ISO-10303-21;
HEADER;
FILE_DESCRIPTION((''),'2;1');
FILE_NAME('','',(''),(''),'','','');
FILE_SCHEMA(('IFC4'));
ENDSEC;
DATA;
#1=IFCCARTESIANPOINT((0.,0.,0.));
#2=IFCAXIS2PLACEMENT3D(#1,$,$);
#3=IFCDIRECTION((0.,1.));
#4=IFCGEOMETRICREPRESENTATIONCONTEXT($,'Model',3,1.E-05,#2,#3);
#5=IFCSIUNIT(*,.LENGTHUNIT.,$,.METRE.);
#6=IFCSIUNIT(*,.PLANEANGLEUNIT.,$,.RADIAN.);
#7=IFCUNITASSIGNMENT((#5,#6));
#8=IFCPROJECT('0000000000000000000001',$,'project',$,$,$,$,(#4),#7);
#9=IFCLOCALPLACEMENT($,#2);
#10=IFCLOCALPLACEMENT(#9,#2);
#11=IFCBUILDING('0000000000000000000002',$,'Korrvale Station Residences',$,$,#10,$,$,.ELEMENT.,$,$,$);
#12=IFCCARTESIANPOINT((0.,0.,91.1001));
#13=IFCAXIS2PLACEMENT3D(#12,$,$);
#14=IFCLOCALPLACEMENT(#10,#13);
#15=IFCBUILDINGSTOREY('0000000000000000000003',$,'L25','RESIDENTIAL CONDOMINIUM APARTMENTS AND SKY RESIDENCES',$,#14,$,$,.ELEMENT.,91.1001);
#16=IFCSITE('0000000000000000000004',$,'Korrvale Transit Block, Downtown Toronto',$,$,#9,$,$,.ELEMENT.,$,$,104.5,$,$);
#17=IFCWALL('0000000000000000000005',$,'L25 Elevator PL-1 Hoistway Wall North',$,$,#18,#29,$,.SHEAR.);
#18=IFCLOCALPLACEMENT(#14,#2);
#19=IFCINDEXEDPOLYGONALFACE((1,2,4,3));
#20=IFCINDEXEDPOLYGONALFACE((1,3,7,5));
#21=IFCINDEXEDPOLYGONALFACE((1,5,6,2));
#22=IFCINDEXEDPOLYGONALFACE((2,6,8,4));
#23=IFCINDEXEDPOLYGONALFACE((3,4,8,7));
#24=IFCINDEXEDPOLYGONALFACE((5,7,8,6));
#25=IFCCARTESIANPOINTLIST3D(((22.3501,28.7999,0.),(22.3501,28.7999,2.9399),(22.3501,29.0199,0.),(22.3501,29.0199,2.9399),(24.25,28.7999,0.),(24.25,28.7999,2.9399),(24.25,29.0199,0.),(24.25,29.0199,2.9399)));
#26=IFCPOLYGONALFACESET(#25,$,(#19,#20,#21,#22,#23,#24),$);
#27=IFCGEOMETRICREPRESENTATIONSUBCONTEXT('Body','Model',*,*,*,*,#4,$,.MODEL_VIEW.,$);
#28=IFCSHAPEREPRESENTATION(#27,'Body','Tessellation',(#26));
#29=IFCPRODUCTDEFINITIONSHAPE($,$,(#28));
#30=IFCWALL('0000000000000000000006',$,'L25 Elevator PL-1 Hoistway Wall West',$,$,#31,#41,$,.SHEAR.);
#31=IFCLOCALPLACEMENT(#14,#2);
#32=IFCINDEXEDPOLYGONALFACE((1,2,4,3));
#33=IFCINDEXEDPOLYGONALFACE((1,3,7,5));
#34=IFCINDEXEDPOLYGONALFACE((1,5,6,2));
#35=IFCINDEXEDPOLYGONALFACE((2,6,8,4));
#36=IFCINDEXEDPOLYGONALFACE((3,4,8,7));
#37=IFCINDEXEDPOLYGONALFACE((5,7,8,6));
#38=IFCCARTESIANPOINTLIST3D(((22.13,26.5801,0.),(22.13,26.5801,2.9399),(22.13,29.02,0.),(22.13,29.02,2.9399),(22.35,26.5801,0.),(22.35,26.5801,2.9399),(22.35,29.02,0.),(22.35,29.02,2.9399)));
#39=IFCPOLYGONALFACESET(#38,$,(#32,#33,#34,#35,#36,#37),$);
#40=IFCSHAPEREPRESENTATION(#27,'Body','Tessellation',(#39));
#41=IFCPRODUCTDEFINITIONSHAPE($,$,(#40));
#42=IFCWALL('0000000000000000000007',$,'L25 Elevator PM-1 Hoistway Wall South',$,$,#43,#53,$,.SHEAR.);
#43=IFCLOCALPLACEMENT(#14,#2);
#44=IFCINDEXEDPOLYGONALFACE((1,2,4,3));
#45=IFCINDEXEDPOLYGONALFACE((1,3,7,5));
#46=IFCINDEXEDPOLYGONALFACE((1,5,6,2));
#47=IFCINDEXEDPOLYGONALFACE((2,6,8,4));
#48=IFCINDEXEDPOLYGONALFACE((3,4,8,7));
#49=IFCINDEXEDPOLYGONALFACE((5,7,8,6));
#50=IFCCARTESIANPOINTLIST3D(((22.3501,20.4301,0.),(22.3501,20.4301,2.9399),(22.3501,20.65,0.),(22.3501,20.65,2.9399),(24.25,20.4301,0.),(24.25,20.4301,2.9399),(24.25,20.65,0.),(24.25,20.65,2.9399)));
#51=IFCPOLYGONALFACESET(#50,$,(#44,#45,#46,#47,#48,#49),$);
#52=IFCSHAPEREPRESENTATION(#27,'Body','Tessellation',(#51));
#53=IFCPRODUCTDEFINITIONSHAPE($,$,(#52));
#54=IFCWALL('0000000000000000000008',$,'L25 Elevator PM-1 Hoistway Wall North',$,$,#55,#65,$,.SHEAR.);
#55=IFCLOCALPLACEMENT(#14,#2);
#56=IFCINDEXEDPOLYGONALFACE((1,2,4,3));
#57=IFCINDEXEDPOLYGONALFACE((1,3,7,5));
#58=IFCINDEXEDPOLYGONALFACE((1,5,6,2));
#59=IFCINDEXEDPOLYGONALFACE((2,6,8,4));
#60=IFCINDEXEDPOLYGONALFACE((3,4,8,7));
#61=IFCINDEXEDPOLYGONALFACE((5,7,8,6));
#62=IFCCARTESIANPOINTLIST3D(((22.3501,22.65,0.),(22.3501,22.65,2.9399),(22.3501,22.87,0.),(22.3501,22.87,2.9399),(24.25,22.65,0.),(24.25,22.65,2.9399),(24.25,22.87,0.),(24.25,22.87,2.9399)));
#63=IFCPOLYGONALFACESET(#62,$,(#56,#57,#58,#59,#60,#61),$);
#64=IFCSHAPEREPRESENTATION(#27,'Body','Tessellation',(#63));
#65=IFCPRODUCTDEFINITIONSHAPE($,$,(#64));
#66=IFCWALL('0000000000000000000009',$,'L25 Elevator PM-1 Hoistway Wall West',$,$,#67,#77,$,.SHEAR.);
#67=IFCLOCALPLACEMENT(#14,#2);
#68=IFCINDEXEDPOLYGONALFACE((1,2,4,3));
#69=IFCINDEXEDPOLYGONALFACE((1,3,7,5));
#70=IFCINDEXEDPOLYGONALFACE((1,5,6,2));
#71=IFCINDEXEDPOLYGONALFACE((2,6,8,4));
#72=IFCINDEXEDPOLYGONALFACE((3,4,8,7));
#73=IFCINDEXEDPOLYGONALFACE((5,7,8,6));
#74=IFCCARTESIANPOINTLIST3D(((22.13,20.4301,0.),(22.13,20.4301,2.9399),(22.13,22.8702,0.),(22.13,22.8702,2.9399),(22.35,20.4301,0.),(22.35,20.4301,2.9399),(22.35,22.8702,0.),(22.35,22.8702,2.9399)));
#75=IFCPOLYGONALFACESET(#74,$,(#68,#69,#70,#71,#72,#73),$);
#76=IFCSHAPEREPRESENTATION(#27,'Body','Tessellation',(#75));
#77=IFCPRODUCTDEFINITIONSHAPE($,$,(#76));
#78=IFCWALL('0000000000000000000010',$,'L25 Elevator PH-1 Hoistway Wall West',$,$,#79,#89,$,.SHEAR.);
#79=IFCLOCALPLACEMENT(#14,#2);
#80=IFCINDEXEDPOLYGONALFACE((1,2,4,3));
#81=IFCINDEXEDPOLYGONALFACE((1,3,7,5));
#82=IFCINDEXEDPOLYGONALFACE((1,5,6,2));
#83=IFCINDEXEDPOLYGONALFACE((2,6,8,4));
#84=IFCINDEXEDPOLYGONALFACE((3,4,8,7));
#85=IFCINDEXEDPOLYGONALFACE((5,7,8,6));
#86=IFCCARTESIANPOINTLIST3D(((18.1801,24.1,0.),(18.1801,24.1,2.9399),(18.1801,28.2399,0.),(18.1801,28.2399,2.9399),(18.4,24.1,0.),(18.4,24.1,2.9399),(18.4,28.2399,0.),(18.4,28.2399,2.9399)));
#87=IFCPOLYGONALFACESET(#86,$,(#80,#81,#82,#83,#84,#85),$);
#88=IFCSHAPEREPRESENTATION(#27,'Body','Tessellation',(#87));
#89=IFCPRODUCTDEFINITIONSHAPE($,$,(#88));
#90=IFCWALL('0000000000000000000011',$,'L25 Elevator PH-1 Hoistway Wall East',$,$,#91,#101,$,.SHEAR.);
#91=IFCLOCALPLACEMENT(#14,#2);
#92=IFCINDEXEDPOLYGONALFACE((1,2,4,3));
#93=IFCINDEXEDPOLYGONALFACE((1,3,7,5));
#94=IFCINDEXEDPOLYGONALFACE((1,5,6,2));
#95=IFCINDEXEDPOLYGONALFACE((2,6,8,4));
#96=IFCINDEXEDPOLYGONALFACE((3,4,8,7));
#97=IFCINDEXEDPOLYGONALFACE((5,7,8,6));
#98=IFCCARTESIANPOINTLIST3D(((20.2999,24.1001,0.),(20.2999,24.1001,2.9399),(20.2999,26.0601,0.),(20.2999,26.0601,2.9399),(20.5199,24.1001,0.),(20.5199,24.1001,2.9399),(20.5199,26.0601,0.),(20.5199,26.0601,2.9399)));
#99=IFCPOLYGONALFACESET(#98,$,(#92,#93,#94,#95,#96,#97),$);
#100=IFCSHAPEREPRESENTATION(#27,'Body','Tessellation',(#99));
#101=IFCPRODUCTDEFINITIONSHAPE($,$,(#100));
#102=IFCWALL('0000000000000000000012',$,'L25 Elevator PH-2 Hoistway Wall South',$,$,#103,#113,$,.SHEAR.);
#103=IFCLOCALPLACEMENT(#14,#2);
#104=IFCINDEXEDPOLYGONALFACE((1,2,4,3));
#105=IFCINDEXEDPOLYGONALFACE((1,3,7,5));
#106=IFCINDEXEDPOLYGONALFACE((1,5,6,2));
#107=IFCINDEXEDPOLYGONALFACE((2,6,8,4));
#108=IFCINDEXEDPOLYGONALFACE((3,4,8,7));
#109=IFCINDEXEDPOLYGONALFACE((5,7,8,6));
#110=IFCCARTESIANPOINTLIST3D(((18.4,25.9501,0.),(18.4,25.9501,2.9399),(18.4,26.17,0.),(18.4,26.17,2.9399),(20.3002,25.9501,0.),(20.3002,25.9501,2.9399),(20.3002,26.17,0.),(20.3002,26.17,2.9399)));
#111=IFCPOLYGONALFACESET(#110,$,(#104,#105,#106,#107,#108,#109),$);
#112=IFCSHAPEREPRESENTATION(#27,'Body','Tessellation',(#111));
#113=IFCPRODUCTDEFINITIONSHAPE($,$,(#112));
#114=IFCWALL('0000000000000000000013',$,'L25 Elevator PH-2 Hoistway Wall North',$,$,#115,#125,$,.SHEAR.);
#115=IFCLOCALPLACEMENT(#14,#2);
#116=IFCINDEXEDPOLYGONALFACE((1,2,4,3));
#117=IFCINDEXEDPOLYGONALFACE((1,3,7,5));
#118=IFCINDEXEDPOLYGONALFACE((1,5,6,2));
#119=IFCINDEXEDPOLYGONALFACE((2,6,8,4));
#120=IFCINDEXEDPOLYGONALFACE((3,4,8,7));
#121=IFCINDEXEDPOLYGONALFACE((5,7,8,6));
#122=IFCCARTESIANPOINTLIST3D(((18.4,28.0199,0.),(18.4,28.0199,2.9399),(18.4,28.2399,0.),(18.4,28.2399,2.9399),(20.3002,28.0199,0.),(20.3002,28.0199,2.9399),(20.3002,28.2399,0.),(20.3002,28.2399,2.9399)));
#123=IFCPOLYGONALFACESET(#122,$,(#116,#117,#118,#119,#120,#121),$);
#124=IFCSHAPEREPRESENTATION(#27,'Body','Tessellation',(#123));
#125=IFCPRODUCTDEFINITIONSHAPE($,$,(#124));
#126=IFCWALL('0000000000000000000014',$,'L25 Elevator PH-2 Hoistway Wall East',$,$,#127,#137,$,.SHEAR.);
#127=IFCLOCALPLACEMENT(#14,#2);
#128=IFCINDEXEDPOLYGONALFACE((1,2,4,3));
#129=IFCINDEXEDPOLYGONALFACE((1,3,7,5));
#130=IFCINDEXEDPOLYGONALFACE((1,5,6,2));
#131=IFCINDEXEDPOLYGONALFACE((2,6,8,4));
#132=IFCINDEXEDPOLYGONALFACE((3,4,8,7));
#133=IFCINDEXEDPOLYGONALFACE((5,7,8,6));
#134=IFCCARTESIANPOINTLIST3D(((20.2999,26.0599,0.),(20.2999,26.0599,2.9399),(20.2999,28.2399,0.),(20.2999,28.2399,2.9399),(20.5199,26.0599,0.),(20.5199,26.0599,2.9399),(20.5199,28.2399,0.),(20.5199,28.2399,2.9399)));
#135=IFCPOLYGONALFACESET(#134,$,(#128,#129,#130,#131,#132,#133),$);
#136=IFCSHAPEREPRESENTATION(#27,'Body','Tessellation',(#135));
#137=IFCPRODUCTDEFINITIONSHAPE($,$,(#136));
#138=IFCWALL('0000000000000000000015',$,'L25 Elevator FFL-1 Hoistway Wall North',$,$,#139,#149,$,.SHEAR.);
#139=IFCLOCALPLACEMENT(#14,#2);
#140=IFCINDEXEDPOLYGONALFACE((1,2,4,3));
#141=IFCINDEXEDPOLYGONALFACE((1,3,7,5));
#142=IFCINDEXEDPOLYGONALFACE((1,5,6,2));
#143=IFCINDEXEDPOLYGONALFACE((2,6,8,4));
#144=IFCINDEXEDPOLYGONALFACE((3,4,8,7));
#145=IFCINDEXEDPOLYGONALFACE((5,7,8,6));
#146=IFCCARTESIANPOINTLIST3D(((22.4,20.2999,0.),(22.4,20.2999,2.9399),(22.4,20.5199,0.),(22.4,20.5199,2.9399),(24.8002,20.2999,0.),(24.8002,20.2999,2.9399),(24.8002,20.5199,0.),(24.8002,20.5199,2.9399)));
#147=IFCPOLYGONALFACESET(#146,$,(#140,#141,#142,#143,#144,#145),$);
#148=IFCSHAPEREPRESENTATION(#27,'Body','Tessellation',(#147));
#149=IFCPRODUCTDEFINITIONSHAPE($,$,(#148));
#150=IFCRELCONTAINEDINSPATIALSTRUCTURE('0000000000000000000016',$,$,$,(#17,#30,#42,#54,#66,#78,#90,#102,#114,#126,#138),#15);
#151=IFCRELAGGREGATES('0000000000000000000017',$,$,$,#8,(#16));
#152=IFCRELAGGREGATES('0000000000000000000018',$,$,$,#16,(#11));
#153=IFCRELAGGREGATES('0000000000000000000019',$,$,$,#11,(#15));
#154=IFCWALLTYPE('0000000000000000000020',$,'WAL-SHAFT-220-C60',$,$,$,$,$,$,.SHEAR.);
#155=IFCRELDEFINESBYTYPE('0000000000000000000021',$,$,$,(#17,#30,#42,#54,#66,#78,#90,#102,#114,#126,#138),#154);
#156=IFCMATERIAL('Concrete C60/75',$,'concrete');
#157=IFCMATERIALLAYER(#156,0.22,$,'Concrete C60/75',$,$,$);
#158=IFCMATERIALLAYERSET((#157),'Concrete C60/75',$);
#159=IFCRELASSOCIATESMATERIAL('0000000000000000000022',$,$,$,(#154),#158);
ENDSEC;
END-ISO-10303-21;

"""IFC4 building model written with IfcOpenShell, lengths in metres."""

from ifc_helpers import new_model, si_unit, direction, frame, frame_2d, origin, place, context, subcontext, project, spatial, rectangle, extrude, material, layer, layer_set, type_object, element, save


model = new_model("IFC4")

# Units and contexts
model_context = context("Model", 3, precision=1e-05, world=origin(), true_north=direction((0.0, 1.0)))
body_context = subcontext(model_context, "Body", "Model", "MODEL_VIEW")
ifc_project = project(units=[si_unit("LENGTHUNIT", "METRE"), si_unit("PLANEANGLEUNIT", "RADIAN")], contexts=[model_context])

# Site, building, storey
site_placement = place(None, origin())
site = spatial("IfcSite", under=ifc_project, at=site_placement, Name="Korrvale Transit Block, Downtown Toronto", CompositionType="ELEMENT", RefElevation=104.5)
building_placement = place(site_placement, origin())
building = spatial("IfcBuilding", under=site, at=building_placement, Name="Korrvale Station Residences", CompositionType="ELEMENT")
storey_placement = place(building_placement, frame((0.0, 0.0, 91.1001)))
storey = spatial("IfcBuildingStorey", under=building, at=storey_placement, Name="L25", Description="RESIDENTIAL CONDOMINIUM APARTMENTS AND SKY RESIDENCES", CompositionType="ELEMENT", Elevation=91.1001)

# Shared definitions
ifc_material_1 = material(Name="Concrete C60/75", Category="concrete")

# Shared definitions
ifc_layer_1 = layer(ifc_material_1, 0.22, Name="Concrete C60/75")
ifc_layer_set_1 = layer_set([ifc_layer_1], Name="Concrete C60/75")
wall_type_1 = type_object("IfcWallType", Name="WAL-SHAFT-220-C60", PredefinedType="SHEAR", material=ifc_layer_set_1)

# Walls
wall_1_placement = place(storey_placement, frame((22.3501, 28.9099, 0.0), z_axis=(0.0, 0.0, 1.0), x_axis=(1.0, 0.0, 0.0)))
element("IfcWall", 1, at=wall_1_placement, inside=storey, type_object=wall_type_1, Name="L25 Elevator PL-1 Hoistway Wall North", PredefinedType="SHEAR", context=body_context, shape_type="SweptSolid", body=[
    extrude(rectangle(XDim=1.8999, YDim=0.22, at=frame_2d((0.95, 0.0))), origin(), (0.0, 0.0, 1.0), 2.9399),
])
wall_2_placement = place(storey_placement, frame((22.24, 26.5801, 0.0), z_axis=(0.0, 0.0, 1.0), x_axis=(0.0, 1.0, 0.0)))
element("IfcWall", 2, at=wall_2_placement, inside=storey, type_object=wall_type_1, Name="L25 Elevator PL-1 Hoistway Wall West", PredefinedType="SHEAR", context=body_context, shape_type="SweptSolid", body=[
    extrude(rectangle(XDim=2.4399, YDim=0.22, at=frame_2d((1.22, 0.0))), origin(), (0.0, 0.0, 1.0), 2.9399),
])
for number, where, z_axis, x_axis, name in (
    (3, (22.3501, 20.54, 0.0), (0.0, 0.0, 1.0), (1.0, 0.0, 0.0), "L25 Elevator PM-1 Hoistway Wall South"),
    (4, (22.3501, 22.76, 0.0), (0.0, 0.0, 1.0), (1.0, 0.0, 0.0), "L25 Elevator PM-1 Hoistway Wall North"),
):
    element("IfcWall", number, at=place(storey_placement, frame(where, z_axis=z_axis, x_axis=x_axis)), inside=storey, type_object=wall_type_1, Name=name, PredefinedType="SHEAR", context=body_context, shape_type="SweptSolid", body=[
        extrude(rectangle(XDim=1.8999, YDim=0.22, at=frame_2d((0.95, 0.0))), origin(), (0.0, 0.0, 1.0), 2.9399),
    ])
wall_3_placement = place(storey_placement, frame((22.24, 20.4299, 0.0), z_axis=(0.0, 0.0, 1.0), x_axis=(0.0, 1.0, 0.0)))
element("IfcWall", 5, at=wall_3_placement, inside=storey, type_object=wall_type_1, Name="L25 Elevator PM-1 Hoistway Wall West", PredefinedType="SHEAR", context=body_context, shape_type="SweptSolid", body=[
    extrude(rectangle(XDim=2.4402, YDim=0.22, at=frame_2d((1.2202, 0.0))), origin(), (0.0, 0.0, 1.0), 2.9399),
])
wall_4_placement = place(storey_placement, frame((18.29, 24.1001, 0.0), z_axis=(0.0, 0.0, 1.0), x_axis=(0.0, 1.0, 0.0)))
element("IfcWall", 6, at=wall_4_placement, inside=storey, type_object=wall_type_1, Name="L25 Elevator PH-1 Hoistway Wall West", PredefinedType="SHEAR", context=body_context, shape_type="SweptSolid", body=[
    extrude(rectangle(XDim=4.1399, YDim=0.22, at=frame_2d((2.0698, 0.0))), origin(), (0.0, 0.0, 1.0), 2.9399),
])
wall_5_placement = place(storey_placement, frame((20.4099, 24.1001, 0.0), z_axis=(0.0, 0.0, 1.0), x_axis=(0.0, 1.0, 0.0)))
element("IfcWall", 7, at=wall_5_placement, inside=storey, type_object=wall_type_1, Name="L25 Elevator PH-1 Hoistway Wall East", PredefinedType="SHEAR", context=body_context, shape_type="SweptSolid", body=[
    extrude(rectangle(XDim=1.96, YDim=0.22, at=frame_2d((0.98, 0.0))), origin(), (0.0, 0.0, 1.0), 2.9399),
])
for number, where, z_axis, x_axis, name in (
    (8, (18.3999, 26.0601, 0.0), (0.0, 0.0, 1.0), (1.0, 0.0, 0.0), "L25 Elevator PH-2 Hoistway Wall South"),
    (9, (18.3999, 28.1299, 0.0), (0.0, 0.0, 1.0), (1.0, 0.0, 0.0), "L25 Elevator PH-2 Hoistway Wall North"),
):
    element("IfcWall", number, at=place(storey_placement, frame(where, z_axis=z_axis, x_axis=x_axis)), inside=storey, type_object=wall_type_1, Name=name, PredefinedType="SHEAR", context=body_context, shape_type="SweptSolid", body=[
        extrude(rectangle(XDim=1.9001, YDim=0.22, at=frame_2d((0.9502, 0.0))), origin(), (0.0, 0.0, 1.0), 2.9399),
    ])
wall_6_placement = place(storey_placement, frame((20.4099, 26.0601, 0.0), z_axis=(0.0, 0.0, 1.0), x_axis=(0.0, 1.0, 0.0)))
element("IfcWall", 10, at=wall_6_placement, inside=storey, type_object=wall_type_1, Name="L25 Elevator PH-2 Hoistway Wall East", PredefinedType="SHEAR", context=body_context, shape_type="SweptSolid", body=[
    extrude(rectangle(XDim=2.1799, YDim=0.22, at=frame_2d((1.0898, 0.0))), origin(), (0.0, 0.0, 1.0), 2.9399),
])
wall_7_placement = place(storey_placement, frame((22.3999, 20.4099, 0.0), z_axis=(0.0, 0.0, 1.0), x_axis=(1.0, 0.0, 0.0)))
element("IfcWall", 11, at=wall_7_placement, inside=storey, type_object=wall_type_1, Name="L25 Elevator FFL-1 Hoistway Wall North", PredefinedType="SHEAR", context=body_context, shape_type="SweptSolid", body=[
    extrude(rectangle(XDim=2.4001, YDim=0.22, at=frame_2d((1.2002, 0.0))), origin(), (0.0, 0.0, 1.0), 2.9399),
])

save(model, "model.ifc")
